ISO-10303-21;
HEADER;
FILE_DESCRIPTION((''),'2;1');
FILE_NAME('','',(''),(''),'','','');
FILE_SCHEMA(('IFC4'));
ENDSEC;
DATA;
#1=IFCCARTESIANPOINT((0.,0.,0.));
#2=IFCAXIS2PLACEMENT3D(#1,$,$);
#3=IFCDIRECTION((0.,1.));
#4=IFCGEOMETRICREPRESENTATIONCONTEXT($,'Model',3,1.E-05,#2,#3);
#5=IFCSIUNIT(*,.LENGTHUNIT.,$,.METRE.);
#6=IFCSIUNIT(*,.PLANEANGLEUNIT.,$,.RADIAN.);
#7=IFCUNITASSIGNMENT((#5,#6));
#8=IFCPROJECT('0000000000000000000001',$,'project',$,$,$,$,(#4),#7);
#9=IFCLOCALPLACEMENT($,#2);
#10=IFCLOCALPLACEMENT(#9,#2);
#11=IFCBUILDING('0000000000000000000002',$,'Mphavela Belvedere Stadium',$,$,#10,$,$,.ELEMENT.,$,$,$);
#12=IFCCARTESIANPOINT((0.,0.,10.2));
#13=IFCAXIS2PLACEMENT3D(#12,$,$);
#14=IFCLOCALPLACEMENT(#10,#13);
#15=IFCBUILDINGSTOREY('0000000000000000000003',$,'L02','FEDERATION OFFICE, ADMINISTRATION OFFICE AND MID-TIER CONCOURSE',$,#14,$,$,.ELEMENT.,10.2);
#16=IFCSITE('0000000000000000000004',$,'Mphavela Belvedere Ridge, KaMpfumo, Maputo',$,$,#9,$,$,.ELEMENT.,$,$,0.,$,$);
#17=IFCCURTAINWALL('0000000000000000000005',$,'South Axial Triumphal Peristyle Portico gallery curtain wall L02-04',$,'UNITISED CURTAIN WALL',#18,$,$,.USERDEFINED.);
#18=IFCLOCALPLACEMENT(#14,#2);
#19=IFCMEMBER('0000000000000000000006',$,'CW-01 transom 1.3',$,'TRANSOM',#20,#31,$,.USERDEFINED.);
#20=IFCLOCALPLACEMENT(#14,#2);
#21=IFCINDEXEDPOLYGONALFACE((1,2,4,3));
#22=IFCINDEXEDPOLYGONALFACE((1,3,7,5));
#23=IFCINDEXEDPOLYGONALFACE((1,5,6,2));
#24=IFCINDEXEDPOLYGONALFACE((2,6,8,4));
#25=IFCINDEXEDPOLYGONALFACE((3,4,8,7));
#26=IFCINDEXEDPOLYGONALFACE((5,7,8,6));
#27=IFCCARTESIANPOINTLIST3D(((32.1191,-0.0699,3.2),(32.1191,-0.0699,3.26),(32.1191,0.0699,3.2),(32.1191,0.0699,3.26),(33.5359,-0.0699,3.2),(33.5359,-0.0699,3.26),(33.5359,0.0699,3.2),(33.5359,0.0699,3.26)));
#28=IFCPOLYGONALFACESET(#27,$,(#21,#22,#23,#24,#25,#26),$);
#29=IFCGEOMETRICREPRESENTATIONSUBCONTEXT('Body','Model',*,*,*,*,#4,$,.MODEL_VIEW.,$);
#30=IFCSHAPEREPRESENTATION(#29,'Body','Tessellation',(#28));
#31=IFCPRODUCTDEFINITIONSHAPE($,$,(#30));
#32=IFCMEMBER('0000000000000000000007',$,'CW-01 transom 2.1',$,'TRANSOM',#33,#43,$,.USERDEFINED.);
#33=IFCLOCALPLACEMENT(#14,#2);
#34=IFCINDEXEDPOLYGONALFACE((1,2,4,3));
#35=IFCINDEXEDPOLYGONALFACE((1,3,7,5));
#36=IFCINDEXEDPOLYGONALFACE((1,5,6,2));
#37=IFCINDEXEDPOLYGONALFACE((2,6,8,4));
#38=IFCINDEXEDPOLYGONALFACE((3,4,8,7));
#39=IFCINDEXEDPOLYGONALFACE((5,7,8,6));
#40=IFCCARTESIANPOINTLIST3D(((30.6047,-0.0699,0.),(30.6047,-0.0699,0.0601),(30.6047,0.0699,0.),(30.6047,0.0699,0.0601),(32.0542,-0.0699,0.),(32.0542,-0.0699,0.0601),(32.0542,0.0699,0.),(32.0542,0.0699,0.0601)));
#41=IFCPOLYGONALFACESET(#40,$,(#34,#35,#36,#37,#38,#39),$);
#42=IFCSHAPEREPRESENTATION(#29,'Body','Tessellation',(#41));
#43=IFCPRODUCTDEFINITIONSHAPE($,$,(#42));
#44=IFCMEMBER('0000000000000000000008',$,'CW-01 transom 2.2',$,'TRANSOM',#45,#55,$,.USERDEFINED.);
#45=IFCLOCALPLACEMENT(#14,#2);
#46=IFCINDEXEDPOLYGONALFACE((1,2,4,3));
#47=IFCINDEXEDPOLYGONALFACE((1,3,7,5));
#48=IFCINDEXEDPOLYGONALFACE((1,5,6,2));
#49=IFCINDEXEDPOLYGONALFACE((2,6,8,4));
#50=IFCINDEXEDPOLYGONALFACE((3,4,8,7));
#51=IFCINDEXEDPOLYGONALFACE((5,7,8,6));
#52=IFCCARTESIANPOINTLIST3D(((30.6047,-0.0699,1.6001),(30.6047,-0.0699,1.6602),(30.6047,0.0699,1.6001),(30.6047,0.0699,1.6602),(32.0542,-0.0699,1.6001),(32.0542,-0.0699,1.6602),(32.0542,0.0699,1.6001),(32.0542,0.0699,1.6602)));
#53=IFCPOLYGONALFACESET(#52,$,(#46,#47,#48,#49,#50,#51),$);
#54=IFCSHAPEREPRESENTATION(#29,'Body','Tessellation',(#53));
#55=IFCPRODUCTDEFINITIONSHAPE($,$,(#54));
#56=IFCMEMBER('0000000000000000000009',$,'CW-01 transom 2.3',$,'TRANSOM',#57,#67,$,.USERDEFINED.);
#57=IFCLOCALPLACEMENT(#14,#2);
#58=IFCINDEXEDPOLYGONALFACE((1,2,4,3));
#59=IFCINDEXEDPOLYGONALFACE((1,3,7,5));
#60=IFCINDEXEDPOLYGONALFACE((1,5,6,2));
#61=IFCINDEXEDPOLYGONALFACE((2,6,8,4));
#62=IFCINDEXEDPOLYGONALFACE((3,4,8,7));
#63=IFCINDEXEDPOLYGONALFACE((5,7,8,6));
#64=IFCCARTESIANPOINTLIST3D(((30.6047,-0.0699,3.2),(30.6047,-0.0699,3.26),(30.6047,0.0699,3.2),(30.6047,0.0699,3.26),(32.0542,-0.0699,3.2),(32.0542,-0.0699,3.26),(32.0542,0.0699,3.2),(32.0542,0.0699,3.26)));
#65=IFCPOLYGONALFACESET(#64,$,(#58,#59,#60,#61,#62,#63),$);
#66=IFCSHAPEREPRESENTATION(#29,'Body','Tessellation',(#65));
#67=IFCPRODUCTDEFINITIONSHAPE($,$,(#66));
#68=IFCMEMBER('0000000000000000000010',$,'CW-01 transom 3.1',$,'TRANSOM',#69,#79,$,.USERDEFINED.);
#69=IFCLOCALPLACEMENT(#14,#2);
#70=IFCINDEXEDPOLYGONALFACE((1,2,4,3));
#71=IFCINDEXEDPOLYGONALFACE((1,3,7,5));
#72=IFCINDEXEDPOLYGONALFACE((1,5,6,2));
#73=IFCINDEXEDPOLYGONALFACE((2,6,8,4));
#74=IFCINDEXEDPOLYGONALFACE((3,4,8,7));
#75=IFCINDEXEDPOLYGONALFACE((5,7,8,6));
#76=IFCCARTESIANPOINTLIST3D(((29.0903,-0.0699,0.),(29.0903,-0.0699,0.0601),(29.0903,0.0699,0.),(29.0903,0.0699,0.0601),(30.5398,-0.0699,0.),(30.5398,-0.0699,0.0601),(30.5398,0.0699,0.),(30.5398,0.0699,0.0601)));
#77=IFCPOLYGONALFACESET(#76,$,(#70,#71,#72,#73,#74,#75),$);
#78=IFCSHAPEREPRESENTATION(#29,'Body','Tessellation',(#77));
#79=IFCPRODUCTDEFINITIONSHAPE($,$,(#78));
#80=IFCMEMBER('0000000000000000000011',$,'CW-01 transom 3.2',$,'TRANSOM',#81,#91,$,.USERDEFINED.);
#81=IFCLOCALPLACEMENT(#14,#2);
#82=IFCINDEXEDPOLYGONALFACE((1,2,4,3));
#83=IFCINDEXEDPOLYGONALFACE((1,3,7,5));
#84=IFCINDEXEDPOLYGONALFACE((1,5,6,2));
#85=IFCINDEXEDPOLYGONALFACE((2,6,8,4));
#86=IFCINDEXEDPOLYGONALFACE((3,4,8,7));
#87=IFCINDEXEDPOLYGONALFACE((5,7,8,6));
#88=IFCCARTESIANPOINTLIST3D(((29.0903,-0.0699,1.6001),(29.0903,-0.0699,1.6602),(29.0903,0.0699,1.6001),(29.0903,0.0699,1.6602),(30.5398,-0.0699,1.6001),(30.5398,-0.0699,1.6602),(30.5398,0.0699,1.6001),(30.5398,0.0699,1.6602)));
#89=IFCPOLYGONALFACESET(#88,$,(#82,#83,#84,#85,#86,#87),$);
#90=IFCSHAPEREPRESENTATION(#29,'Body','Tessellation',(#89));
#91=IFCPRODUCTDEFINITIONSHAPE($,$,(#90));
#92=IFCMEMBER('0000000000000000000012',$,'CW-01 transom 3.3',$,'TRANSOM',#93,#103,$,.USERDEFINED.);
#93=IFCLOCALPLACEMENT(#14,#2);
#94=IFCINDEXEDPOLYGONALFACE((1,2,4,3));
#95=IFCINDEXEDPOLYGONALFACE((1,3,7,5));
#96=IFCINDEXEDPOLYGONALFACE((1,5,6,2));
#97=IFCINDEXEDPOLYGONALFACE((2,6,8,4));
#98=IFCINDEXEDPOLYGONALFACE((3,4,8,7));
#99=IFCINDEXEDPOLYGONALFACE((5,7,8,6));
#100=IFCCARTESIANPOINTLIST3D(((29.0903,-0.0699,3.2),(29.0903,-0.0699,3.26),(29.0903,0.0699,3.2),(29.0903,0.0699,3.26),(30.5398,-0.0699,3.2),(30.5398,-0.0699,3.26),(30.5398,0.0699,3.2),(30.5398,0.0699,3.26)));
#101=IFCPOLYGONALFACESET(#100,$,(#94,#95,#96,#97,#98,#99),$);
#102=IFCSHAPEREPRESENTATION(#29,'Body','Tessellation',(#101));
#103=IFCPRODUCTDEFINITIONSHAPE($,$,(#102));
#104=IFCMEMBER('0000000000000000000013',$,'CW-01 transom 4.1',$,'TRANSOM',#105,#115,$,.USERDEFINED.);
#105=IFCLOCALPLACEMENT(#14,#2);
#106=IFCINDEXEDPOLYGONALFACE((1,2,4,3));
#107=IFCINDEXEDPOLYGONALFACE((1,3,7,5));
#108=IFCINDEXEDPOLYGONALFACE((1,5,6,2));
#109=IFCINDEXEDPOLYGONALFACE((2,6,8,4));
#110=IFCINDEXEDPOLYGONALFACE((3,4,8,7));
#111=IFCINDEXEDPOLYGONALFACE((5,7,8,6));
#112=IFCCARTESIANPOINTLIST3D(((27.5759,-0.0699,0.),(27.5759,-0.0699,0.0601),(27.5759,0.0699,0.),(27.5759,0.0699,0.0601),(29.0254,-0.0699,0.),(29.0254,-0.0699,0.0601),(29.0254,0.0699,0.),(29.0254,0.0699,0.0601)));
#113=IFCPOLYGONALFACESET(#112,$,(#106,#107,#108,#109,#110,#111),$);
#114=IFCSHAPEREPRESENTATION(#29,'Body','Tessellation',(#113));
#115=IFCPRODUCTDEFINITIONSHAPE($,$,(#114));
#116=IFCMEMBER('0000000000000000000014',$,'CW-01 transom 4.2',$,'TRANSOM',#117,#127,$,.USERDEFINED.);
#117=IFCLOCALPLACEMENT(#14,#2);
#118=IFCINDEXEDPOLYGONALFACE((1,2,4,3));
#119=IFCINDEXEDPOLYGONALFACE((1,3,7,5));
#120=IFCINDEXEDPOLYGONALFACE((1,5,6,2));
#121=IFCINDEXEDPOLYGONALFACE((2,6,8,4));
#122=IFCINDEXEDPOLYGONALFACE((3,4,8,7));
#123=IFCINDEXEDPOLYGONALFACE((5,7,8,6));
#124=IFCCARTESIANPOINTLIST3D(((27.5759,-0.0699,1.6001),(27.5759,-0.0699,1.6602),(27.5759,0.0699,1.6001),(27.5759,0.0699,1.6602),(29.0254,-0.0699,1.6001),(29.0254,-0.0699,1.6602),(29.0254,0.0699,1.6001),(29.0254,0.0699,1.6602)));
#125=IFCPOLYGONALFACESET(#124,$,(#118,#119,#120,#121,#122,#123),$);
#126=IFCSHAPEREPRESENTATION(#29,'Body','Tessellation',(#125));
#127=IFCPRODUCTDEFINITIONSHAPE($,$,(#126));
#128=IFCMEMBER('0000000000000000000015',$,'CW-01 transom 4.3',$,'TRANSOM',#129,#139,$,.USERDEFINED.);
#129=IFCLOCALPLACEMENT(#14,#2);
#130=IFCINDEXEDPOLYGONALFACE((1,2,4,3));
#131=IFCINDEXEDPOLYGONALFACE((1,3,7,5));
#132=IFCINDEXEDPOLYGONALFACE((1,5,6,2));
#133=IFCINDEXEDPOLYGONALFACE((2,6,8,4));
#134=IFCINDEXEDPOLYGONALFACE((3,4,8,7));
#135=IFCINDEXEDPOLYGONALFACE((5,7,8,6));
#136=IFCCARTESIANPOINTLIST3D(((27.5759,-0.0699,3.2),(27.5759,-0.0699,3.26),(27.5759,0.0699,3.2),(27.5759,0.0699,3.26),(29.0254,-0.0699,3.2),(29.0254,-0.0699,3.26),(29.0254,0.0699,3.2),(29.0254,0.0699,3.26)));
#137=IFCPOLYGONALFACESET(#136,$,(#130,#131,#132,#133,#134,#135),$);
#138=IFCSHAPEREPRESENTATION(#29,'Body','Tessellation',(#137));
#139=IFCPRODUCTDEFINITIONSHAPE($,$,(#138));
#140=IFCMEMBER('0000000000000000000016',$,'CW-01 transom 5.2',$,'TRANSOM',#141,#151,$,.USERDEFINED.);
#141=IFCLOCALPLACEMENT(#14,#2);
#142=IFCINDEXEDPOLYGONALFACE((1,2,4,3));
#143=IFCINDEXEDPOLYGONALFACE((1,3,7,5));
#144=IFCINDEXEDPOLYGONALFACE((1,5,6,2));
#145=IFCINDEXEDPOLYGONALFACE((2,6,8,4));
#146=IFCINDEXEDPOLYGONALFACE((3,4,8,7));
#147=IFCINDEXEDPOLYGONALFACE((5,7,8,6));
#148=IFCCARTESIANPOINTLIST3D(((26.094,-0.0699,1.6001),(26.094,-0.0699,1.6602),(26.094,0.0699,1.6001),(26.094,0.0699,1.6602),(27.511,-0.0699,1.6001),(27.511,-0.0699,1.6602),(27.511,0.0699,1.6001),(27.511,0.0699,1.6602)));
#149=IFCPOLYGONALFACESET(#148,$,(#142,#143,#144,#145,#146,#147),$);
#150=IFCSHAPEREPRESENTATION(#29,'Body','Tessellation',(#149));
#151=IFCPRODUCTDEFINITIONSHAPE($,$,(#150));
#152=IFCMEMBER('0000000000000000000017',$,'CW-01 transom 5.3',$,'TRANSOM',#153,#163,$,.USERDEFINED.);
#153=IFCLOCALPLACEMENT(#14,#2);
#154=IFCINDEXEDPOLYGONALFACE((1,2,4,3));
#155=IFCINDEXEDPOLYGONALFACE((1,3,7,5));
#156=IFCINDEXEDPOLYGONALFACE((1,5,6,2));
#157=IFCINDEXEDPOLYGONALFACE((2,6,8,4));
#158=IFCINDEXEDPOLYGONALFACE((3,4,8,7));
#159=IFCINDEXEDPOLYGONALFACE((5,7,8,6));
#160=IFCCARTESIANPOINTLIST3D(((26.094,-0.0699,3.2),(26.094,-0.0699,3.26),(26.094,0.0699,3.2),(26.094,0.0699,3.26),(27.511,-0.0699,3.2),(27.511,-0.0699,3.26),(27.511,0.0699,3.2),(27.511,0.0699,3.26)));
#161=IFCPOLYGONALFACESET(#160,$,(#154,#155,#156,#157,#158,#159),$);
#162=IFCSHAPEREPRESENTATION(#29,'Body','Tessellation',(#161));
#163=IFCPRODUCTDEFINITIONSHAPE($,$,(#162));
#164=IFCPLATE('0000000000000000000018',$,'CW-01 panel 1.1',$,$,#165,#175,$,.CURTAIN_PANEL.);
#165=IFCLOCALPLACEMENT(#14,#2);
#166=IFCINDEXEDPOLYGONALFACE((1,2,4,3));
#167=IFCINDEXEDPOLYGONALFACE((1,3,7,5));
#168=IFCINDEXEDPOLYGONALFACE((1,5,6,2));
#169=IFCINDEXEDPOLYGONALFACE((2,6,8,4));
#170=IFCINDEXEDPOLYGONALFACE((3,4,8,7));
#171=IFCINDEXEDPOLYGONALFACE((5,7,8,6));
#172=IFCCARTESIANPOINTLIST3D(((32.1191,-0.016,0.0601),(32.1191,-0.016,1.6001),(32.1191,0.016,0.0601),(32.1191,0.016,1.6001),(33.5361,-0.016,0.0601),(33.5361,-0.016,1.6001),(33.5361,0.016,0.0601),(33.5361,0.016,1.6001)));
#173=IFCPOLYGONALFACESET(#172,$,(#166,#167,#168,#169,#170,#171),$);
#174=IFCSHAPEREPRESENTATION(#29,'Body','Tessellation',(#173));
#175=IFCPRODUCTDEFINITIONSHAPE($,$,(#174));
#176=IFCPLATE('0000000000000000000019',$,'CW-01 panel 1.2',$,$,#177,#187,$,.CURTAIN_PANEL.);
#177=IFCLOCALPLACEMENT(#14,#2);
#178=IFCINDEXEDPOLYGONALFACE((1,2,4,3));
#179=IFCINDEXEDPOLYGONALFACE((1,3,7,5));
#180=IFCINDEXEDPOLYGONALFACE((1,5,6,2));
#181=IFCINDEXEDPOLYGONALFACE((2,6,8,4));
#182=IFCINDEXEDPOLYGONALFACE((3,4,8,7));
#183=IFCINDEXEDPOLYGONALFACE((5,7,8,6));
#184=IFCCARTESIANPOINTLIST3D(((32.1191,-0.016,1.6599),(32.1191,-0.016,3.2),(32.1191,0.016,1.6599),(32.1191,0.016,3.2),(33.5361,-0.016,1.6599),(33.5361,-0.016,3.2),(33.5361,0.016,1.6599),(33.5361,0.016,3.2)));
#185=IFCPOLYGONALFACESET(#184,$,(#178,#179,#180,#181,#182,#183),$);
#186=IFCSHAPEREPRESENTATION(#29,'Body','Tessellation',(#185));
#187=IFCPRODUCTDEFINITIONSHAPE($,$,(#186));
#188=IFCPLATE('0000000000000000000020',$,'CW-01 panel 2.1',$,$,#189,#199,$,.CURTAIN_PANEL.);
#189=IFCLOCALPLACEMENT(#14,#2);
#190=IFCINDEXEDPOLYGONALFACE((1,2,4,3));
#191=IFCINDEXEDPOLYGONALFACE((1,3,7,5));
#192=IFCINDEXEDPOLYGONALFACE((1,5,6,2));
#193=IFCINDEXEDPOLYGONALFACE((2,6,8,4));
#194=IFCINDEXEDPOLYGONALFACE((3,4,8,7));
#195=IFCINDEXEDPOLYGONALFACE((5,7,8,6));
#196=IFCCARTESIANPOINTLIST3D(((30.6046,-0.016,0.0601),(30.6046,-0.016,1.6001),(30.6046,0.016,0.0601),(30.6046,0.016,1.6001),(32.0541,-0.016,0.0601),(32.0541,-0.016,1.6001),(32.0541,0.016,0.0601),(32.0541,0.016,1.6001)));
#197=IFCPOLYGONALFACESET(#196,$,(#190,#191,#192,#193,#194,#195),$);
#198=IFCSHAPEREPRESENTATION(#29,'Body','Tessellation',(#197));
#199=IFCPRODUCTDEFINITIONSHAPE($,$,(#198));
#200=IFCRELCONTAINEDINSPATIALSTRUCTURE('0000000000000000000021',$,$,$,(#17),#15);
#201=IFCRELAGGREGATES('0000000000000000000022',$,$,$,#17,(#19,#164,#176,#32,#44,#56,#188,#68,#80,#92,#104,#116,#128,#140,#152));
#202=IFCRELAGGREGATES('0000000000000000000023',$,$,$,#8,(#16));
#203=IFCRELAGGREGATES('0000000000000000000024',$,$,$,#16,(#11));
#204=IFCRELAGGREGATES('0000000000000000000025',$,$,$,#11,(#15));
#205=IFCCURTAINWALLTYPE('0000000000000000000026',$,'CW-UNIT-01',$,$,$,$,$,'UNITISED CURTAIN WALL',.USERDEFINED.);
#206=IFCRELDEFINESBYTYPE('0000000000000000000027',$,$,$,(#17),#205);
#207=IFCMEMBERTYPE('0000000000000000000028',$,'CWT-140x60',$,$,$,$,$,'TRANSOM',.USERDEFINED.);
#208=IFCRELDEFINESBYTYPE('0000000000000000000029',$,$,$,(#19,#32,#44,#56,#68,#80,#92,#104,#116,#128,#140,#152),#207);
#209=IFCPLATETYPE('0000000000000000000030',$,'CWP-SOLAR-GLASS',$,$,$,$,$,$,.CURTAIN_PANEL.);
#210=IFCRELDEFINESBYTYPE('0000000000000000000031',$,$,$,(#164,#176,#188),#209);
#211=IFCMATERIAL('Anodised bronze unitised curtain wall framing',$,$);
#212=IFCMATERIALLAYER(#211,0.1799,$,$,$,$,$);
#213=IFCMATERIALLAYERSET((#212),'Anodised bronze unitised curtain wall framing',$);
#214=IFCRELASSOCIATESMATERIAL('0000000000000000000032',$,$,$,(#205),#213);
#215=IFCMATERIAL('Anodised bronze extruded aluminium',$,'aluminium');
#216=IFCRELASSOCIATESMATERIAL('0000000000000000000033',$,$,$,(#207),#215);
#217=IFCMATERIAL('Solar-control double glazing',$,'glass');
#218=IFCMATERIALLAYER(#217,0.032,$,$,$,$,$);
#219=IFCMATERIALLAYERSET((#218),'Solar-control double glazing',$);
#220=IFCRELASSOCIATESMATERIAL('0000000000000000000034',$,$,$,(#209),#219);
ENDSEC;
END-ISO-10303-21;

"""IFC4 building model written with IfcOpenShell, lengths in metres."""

from ifc_helpers import new_model, si_unit, direction, frame, origin, origin_2d, place, context, subcontext, project, spatial, rectangle, extrude, material, layer, layer_set, material_profile, profile_set, type_object, element, aggregate, save


model = new_model("IFC4")

# Units and contexts
model_context = context("Model", 3, precision=1e-05, world=origin(), true_north=direction((0.0, 1.0)))
body_context = subcontext(model_context, "Body", "Model", "MODEL_VIEW")
ifc_project = project(units=[si_unit("LENGTHUNIT", "METRE"), si_unit("PLANEANGLEUNIT", "RADIAN")], contexts=[model_context])

# Site, building, storey
site_placement = place(None, origin())
site = spatial("IfcSite", under=ifc_project, at=site_placement, Name="Mphavela Belvedere Ridge, KaMpfumo, Maputo", CompositionType="ELEMENT", RefElevation=0.0)
building_placement = place(site_placement, origin())
building = spatial("IfcBuilding", under=site, at=building_placement, Name="Mphavela Belvedere Stadium", CompositionType="ELEMENT")
storey_placement = place(building_placement, frame((0.0, 0.0, 10.2)))
storey = spatial("IfcBuildingStorey", under=building, at=storey_placement, Name="L02", Description="FEDERATION OFFICE, ADMINISTRATION OFFICE AND MID-TIER CONCOURSE", CompositionType="ELEMENT", Elevation=10.2)

# Curtain wall, members, plates
ifc_material_1 = material(Name="Anodised bronze unitised curtain wall framing")
ifc_layer_1 = layer(ifc_material_1, 0.1799)
ifc_layer_set_1 = layer_set([ifc_layer_1], Name="Anodised bronze unitised curtain wall framing")
curtain_wall_type = type_object("IfcCurtainWallType", Name="CW-UNIT-01", ElementType="UNITISED CURTAIN WALL", PredefinedType="USERDEFINED", material=ifc_layer_set_1)
curtain_wall_placement = place(storey_placement, origin())
curtain_wall = element("IfcCurtainWall", 1, at=curtain_wall_placement, inside=storey, type_object=curtain_wall_type, Name="South Axial Triumphal Peristyle Portico gallery curtain wall L02-04", ObjectType="UNITISED CURTAIN WALL", PredefinedType="USERDEFINED")
ifc_material_2 = material(Name="Anodised bronze extruded aluminium", Category="aluminium")
ifc_material_profile_1 = material_profile(ifc_material_2, rectangle(XDim=0.1399, YDim=0.0601, at=origin_2d()), Name="CW-TRN 140x60")
ifc_profile_set_1 = profile_set([ifc_material_profile_1], Name="Anodised bronze extruded aluminium")
member_type_1 = type_object("IfcMemberType", Name="CWT-140x60", ElementType="TRANSOM", PredefinedType="USERDEFINED", material=ifc_profile_set_1)
member_1_placement = place(storey_placement, frame((33.5359, 0.0, 3.23), z_axis=(-1.0, 0.0, 0.0), x_axis=(0.0, -1.0, 0.0)))
member_1 = element("IfcMember", 2, at=member_1_placement, type_object=member_type_1, Name="CW-01 transom 1.3", ObjectType="TRANSOM", PredefinedType="USERDEFINED", context=body_context, shape_type="SweptSolid", body=[
    extrude(rectangle(XDim=0.1399, YDim=0.0601, at=origin_2d()), origin(), (0.0, 0.0, 1.0), 1.4167),
])
member_2_placement = place(storey_placement, frame((32.0542, 0.0, 0.03), z_axis=(-1.0, 0.0, 0.0), x_axis=(0.0, -1.0, 0.0)))
member_2 = element("IfcMember", 3, at=member_2_placement, type_object=member_type_1, Name="CW-01 transom 2.1", ObjectType="TRANSOM", PredefinedType="USERDEFINED", context=body_context, shape_type="SweptSolid", body=[
    extrude(rectangle(XDim=0.1399, YDim=0.0601, at=origin_2d()), origin(), (0.0, 0.0, 1.0), 1.4495),
])
member_3_placement = place(storey_placement, frame((32.0542, 0.0, 1.6301), z_axis=(-1.0, 0.0, 0.0), x_axis=(0.0, -1.0, 0.0)))
member_3 = element("IfcMember", 4, at=member_3_placement, type_object=member_type_1, Name="CW-01 transom 2.2", ObjectType="TRANSOM", PredefinedType="USERDEFINED", context=body_context, shape_type="SweptSolid", body=[
    extrude(rectangle(XDim=0.1399, YDim=0.0601, at=origin_2d()), origin(), (0.0, 0.0, 1.0), 1.4495),
])
member_4_placement = place(storey_placement, frame((32.0542, 0.0, 3.23), z_axis=(-1.0, 0.0, 0.0), x_axis=(0.0, -1.0, 0.0)))
member_4 = element("IfcMember", 5, at=member_4_placement, type_object=member_type_1, Name="CW-01 transom 2.3", ObjectType="TRANSOM", PredefinedType="USERDEFINED", context=body_context, shape_type="SweptSolid", body=[
    extrude(rectangle(XDim=0.1399, YDim=0.0601, at=origin_2d()), origin(), (0.0, 0.0, 1.0), 1.4495),
])
member_5_placement = place(storey_placement, frame((30.5398, 0.0, 0.03), z_axis=(-1.0, 0.0, 0.0), x_axis=(0.0, -1.0, 0.0)))
member_5 = element("IfcMember", 6, at=member_5_placement, type_object=member_type_1, Name="CW-01 transom 3.1", ObjectType="TRANSOM", PredefinedType="USERDEFINED", context=body_context, shape_type="SweptSolid", body=[
    extrude(rectangle(XDim=0.1399, YDim=0.0601, at=origin_2d()), origin(), (0.0, 0.0, 1.0), 1.4495),
])
member_6_placement = place(storey_placement, frame((30.5398, 0.0, 1.6301), z_axis=(-1.0, 0.0, 0.0), x_axis=(0.0, -1.0, 0.0)))
member_6 = element("IfcMember", 7, at=member_6_placement, type_object=member_type_1, Name="CW-01 transom 3.2", ObjectType="TRANSOM", PredefinedType="USERDEFINED", context=body_context, shape_type="SweptSolid", body=[
    extrude(rectangle(XDim=0.1399, YDim=0.0601, at=origin_2d()), origin(), (0.0, 0.0, 1.0), 1.4495),
])
member_7_placement = place(storey_placement, frame((30.5398, 0.0, 3.23), z_axis=(-1.0, 0.0, 0.0), x_axis=(0.0, -1.0, 0.0)))
member_7 = element("IfcMember", 8, at=member_7_placement, type_object=member_type_1, Name="CW-01 transom 3.3", ObjectType="TRANSOM", PredefinedType="USERDEFINED", context=body_context, shape_type="SweptSolid", body=[
    extrude(rectangle(XDim=0.1399, YDim=0.0601, at=origin_2d()), origin(), (0.0, 0.0, 1.0), 1.4495),
])
member_8_placement = place(storey_placement, frame((29.0254, 0.0, 0.03), z_axis=(-1.0, 0.0, 0.0), x_axis=(0.0, -1.0, 0.0)))
member_8 = element("IfcMember", 9, at=member_8_placement, type_object=member_type_1, Name="CW-01 transom 4.1", ObjectType="TRANSOM", PredefinedType="USERDEFINED", context=body_context, shape_type="SweptSolid", body=[
    extrude(rectangle(XDim=0.1399, YDim=0.0601, at=origin_2d()), origin(), (0.0, 0.0, 1.0), 1.4495),
])
member_9_placement = place(storey_placement, frame((29.0254, 0.0, 1.6301), z_axis=(-1.0, 0.0, 0.0), x_axis=(0.0, -1.0, 0.0)))
member_9 = element("IfcMember", 10, at=member_9_placement, type_object=member_type_1, Name="CW-01 transom 4.2", ObjectType="TRANSOM", PredefinedType="USERDEFINED", context=body_context, shape_type="SweptSolid", body=[
    extrude(rectangle(XDim=0.1399, YDim=0.0601, at=origin_2d()), origin(), (0.0, 0.0, 1.0), 1.4495),
])
member_10_placement = place(storey_placement, frame((29.0254, 0.0, 3.23), z_axis=(-1.0, 0.0, 0.0), x_axis=(0.0, -1.0, 0.0)))
member_10 = element("IfcMember", 11, at=member_10_placement, type_object=member_type_1, Name="CW-01 transom 4.3", ObjectType="TRANSOM", PredefinedType="USERDEFINED", context=body_context, shape_type="SweptSolid", body=[
    extrude(rectangle(XDim=0.1399, YDim=0.0601, at=origin_2d()), origin(), (0.0, 0.0, 1.0), 1.4495),
])
member_11_placement = place(storey_placement, frame((27.511, 0.0, 1.6301), z_axis=(-1.0, 0.0, 0.0), x_axis=(0.0, -1.0, 0.0)))
member_11 = element("IfcMember", 12, at=member_11_placement, type_object=member_type_1, Name="CW-01 transom 5.2", ObjectType="TRANSOM", PredefinedType="USERDEFINED", context=body_context, shape_type="SweptSolid", body=[
    extrude(rectangle(XDim=0.1399, YDim=0.0601, at=origin_2d()), origin(), (0.0, 0.0, 1.0), 1.417),
])
member_12_placement = place(storey_placement, frame((27.511, 0.0, 3.23), z_axis=(-1.0, 0.0, 0.0), x_axis=(0.0, -1.0, 0.0)))
member_12 = element("IfcMember", 13, at=member_12_placement, type_object=member_type_1, Name="CW-01 transom 5.3", ObjectType="TRANSOM", PredefinedType="USERDEFINED", context=body_context, shape_type="SweptSolid", body=[
    extrude(rectangle(XDim=0.1399, YDim=0.0601, at=origin_2d()), origin(), (0.0, 0.0, 1.0), 1.417),
])
ifc_material_3 = material(Name="Solar-control double glazing", Category="glass")
ifc_layer_2 = layer(ifc_material_3, 0.032)
ifc_layer_set_2 = layer_set([ifc_layer_2], Name="Solar-control double glazing")
plate_type = type_object("IfcPlateType", Name="CWP-SOLAR-GLASS", PredefinedType="CURTAIN_PANEL", material=ifc_layer_set_2)
plate_1_placement = place(storey_placement, frame((32.8276, 0.0, 0.0601), z_axis=(0.0, 0.0, 1.0), x_axis=(-1.0, 0.0, 0.0)))
plate_1 = element("IfcPlate", 14, at=plate_1_placement, type_object=plate_type, Name="CW-01 panel 1.1", PredefinedType="CURTAIN_PANEL", context=body_context, shape_type="SweptSolid", body=[
    extrude(rectangle(XDim=1.417, YDim=0.032, at=origin_2d()), origin(), (0.0, 0.0, 1.0), 1.54),
])
plate_2_placement = place(storey_placement, frame((32.8276, 0.0, 1.6599), z_axis=(0.0, 0.0, 1.0), x_axis=(-1.0, 0.0, 0.0)))
plate_2 = element("IfcPlate", 15, at=plate_2_placement, type_object=plate_type, Name="CW-01 panel 1.2", PredefinedType="CURTAIN_PANEL", context=body_context, shape_type="SweptSolid", body=[
    extrude(rectangle(XDim=1.417, YDim=0.032, at=origin_2d()), origin(), (0.0, 0.0, 1.0), 1.54),
])
plate_3_placement = place(storey_placement, frame((31.3293, 0.0, 0.0601), z_axis=(0.0, 0.0, 1.0), x_axis=(-1.0, 0.0, 0.0)))
plate_3 = element("IfcPlate", 16, at=plate_3_placement, type_object=plate_type, Name="CW-01 panel 2.1", PredefinedType="CURTAIN_PANEL", context=body_context, shape_type="SweptSolid", body=[
    extrude(rectangle(XDim=1.4495, YDim=0.032, at=origin_2d()), origin(), (0.0, 0.0, 1.0), 1.54),
])
aggregate(curtain_wall, [member_1, plate_1, plate_2, member_2, member_3, member_4, plate_3, member_5, member_6, member_7, member_8, member_9, member_10, member_11, member_12])

save(model, "model.ifc")
